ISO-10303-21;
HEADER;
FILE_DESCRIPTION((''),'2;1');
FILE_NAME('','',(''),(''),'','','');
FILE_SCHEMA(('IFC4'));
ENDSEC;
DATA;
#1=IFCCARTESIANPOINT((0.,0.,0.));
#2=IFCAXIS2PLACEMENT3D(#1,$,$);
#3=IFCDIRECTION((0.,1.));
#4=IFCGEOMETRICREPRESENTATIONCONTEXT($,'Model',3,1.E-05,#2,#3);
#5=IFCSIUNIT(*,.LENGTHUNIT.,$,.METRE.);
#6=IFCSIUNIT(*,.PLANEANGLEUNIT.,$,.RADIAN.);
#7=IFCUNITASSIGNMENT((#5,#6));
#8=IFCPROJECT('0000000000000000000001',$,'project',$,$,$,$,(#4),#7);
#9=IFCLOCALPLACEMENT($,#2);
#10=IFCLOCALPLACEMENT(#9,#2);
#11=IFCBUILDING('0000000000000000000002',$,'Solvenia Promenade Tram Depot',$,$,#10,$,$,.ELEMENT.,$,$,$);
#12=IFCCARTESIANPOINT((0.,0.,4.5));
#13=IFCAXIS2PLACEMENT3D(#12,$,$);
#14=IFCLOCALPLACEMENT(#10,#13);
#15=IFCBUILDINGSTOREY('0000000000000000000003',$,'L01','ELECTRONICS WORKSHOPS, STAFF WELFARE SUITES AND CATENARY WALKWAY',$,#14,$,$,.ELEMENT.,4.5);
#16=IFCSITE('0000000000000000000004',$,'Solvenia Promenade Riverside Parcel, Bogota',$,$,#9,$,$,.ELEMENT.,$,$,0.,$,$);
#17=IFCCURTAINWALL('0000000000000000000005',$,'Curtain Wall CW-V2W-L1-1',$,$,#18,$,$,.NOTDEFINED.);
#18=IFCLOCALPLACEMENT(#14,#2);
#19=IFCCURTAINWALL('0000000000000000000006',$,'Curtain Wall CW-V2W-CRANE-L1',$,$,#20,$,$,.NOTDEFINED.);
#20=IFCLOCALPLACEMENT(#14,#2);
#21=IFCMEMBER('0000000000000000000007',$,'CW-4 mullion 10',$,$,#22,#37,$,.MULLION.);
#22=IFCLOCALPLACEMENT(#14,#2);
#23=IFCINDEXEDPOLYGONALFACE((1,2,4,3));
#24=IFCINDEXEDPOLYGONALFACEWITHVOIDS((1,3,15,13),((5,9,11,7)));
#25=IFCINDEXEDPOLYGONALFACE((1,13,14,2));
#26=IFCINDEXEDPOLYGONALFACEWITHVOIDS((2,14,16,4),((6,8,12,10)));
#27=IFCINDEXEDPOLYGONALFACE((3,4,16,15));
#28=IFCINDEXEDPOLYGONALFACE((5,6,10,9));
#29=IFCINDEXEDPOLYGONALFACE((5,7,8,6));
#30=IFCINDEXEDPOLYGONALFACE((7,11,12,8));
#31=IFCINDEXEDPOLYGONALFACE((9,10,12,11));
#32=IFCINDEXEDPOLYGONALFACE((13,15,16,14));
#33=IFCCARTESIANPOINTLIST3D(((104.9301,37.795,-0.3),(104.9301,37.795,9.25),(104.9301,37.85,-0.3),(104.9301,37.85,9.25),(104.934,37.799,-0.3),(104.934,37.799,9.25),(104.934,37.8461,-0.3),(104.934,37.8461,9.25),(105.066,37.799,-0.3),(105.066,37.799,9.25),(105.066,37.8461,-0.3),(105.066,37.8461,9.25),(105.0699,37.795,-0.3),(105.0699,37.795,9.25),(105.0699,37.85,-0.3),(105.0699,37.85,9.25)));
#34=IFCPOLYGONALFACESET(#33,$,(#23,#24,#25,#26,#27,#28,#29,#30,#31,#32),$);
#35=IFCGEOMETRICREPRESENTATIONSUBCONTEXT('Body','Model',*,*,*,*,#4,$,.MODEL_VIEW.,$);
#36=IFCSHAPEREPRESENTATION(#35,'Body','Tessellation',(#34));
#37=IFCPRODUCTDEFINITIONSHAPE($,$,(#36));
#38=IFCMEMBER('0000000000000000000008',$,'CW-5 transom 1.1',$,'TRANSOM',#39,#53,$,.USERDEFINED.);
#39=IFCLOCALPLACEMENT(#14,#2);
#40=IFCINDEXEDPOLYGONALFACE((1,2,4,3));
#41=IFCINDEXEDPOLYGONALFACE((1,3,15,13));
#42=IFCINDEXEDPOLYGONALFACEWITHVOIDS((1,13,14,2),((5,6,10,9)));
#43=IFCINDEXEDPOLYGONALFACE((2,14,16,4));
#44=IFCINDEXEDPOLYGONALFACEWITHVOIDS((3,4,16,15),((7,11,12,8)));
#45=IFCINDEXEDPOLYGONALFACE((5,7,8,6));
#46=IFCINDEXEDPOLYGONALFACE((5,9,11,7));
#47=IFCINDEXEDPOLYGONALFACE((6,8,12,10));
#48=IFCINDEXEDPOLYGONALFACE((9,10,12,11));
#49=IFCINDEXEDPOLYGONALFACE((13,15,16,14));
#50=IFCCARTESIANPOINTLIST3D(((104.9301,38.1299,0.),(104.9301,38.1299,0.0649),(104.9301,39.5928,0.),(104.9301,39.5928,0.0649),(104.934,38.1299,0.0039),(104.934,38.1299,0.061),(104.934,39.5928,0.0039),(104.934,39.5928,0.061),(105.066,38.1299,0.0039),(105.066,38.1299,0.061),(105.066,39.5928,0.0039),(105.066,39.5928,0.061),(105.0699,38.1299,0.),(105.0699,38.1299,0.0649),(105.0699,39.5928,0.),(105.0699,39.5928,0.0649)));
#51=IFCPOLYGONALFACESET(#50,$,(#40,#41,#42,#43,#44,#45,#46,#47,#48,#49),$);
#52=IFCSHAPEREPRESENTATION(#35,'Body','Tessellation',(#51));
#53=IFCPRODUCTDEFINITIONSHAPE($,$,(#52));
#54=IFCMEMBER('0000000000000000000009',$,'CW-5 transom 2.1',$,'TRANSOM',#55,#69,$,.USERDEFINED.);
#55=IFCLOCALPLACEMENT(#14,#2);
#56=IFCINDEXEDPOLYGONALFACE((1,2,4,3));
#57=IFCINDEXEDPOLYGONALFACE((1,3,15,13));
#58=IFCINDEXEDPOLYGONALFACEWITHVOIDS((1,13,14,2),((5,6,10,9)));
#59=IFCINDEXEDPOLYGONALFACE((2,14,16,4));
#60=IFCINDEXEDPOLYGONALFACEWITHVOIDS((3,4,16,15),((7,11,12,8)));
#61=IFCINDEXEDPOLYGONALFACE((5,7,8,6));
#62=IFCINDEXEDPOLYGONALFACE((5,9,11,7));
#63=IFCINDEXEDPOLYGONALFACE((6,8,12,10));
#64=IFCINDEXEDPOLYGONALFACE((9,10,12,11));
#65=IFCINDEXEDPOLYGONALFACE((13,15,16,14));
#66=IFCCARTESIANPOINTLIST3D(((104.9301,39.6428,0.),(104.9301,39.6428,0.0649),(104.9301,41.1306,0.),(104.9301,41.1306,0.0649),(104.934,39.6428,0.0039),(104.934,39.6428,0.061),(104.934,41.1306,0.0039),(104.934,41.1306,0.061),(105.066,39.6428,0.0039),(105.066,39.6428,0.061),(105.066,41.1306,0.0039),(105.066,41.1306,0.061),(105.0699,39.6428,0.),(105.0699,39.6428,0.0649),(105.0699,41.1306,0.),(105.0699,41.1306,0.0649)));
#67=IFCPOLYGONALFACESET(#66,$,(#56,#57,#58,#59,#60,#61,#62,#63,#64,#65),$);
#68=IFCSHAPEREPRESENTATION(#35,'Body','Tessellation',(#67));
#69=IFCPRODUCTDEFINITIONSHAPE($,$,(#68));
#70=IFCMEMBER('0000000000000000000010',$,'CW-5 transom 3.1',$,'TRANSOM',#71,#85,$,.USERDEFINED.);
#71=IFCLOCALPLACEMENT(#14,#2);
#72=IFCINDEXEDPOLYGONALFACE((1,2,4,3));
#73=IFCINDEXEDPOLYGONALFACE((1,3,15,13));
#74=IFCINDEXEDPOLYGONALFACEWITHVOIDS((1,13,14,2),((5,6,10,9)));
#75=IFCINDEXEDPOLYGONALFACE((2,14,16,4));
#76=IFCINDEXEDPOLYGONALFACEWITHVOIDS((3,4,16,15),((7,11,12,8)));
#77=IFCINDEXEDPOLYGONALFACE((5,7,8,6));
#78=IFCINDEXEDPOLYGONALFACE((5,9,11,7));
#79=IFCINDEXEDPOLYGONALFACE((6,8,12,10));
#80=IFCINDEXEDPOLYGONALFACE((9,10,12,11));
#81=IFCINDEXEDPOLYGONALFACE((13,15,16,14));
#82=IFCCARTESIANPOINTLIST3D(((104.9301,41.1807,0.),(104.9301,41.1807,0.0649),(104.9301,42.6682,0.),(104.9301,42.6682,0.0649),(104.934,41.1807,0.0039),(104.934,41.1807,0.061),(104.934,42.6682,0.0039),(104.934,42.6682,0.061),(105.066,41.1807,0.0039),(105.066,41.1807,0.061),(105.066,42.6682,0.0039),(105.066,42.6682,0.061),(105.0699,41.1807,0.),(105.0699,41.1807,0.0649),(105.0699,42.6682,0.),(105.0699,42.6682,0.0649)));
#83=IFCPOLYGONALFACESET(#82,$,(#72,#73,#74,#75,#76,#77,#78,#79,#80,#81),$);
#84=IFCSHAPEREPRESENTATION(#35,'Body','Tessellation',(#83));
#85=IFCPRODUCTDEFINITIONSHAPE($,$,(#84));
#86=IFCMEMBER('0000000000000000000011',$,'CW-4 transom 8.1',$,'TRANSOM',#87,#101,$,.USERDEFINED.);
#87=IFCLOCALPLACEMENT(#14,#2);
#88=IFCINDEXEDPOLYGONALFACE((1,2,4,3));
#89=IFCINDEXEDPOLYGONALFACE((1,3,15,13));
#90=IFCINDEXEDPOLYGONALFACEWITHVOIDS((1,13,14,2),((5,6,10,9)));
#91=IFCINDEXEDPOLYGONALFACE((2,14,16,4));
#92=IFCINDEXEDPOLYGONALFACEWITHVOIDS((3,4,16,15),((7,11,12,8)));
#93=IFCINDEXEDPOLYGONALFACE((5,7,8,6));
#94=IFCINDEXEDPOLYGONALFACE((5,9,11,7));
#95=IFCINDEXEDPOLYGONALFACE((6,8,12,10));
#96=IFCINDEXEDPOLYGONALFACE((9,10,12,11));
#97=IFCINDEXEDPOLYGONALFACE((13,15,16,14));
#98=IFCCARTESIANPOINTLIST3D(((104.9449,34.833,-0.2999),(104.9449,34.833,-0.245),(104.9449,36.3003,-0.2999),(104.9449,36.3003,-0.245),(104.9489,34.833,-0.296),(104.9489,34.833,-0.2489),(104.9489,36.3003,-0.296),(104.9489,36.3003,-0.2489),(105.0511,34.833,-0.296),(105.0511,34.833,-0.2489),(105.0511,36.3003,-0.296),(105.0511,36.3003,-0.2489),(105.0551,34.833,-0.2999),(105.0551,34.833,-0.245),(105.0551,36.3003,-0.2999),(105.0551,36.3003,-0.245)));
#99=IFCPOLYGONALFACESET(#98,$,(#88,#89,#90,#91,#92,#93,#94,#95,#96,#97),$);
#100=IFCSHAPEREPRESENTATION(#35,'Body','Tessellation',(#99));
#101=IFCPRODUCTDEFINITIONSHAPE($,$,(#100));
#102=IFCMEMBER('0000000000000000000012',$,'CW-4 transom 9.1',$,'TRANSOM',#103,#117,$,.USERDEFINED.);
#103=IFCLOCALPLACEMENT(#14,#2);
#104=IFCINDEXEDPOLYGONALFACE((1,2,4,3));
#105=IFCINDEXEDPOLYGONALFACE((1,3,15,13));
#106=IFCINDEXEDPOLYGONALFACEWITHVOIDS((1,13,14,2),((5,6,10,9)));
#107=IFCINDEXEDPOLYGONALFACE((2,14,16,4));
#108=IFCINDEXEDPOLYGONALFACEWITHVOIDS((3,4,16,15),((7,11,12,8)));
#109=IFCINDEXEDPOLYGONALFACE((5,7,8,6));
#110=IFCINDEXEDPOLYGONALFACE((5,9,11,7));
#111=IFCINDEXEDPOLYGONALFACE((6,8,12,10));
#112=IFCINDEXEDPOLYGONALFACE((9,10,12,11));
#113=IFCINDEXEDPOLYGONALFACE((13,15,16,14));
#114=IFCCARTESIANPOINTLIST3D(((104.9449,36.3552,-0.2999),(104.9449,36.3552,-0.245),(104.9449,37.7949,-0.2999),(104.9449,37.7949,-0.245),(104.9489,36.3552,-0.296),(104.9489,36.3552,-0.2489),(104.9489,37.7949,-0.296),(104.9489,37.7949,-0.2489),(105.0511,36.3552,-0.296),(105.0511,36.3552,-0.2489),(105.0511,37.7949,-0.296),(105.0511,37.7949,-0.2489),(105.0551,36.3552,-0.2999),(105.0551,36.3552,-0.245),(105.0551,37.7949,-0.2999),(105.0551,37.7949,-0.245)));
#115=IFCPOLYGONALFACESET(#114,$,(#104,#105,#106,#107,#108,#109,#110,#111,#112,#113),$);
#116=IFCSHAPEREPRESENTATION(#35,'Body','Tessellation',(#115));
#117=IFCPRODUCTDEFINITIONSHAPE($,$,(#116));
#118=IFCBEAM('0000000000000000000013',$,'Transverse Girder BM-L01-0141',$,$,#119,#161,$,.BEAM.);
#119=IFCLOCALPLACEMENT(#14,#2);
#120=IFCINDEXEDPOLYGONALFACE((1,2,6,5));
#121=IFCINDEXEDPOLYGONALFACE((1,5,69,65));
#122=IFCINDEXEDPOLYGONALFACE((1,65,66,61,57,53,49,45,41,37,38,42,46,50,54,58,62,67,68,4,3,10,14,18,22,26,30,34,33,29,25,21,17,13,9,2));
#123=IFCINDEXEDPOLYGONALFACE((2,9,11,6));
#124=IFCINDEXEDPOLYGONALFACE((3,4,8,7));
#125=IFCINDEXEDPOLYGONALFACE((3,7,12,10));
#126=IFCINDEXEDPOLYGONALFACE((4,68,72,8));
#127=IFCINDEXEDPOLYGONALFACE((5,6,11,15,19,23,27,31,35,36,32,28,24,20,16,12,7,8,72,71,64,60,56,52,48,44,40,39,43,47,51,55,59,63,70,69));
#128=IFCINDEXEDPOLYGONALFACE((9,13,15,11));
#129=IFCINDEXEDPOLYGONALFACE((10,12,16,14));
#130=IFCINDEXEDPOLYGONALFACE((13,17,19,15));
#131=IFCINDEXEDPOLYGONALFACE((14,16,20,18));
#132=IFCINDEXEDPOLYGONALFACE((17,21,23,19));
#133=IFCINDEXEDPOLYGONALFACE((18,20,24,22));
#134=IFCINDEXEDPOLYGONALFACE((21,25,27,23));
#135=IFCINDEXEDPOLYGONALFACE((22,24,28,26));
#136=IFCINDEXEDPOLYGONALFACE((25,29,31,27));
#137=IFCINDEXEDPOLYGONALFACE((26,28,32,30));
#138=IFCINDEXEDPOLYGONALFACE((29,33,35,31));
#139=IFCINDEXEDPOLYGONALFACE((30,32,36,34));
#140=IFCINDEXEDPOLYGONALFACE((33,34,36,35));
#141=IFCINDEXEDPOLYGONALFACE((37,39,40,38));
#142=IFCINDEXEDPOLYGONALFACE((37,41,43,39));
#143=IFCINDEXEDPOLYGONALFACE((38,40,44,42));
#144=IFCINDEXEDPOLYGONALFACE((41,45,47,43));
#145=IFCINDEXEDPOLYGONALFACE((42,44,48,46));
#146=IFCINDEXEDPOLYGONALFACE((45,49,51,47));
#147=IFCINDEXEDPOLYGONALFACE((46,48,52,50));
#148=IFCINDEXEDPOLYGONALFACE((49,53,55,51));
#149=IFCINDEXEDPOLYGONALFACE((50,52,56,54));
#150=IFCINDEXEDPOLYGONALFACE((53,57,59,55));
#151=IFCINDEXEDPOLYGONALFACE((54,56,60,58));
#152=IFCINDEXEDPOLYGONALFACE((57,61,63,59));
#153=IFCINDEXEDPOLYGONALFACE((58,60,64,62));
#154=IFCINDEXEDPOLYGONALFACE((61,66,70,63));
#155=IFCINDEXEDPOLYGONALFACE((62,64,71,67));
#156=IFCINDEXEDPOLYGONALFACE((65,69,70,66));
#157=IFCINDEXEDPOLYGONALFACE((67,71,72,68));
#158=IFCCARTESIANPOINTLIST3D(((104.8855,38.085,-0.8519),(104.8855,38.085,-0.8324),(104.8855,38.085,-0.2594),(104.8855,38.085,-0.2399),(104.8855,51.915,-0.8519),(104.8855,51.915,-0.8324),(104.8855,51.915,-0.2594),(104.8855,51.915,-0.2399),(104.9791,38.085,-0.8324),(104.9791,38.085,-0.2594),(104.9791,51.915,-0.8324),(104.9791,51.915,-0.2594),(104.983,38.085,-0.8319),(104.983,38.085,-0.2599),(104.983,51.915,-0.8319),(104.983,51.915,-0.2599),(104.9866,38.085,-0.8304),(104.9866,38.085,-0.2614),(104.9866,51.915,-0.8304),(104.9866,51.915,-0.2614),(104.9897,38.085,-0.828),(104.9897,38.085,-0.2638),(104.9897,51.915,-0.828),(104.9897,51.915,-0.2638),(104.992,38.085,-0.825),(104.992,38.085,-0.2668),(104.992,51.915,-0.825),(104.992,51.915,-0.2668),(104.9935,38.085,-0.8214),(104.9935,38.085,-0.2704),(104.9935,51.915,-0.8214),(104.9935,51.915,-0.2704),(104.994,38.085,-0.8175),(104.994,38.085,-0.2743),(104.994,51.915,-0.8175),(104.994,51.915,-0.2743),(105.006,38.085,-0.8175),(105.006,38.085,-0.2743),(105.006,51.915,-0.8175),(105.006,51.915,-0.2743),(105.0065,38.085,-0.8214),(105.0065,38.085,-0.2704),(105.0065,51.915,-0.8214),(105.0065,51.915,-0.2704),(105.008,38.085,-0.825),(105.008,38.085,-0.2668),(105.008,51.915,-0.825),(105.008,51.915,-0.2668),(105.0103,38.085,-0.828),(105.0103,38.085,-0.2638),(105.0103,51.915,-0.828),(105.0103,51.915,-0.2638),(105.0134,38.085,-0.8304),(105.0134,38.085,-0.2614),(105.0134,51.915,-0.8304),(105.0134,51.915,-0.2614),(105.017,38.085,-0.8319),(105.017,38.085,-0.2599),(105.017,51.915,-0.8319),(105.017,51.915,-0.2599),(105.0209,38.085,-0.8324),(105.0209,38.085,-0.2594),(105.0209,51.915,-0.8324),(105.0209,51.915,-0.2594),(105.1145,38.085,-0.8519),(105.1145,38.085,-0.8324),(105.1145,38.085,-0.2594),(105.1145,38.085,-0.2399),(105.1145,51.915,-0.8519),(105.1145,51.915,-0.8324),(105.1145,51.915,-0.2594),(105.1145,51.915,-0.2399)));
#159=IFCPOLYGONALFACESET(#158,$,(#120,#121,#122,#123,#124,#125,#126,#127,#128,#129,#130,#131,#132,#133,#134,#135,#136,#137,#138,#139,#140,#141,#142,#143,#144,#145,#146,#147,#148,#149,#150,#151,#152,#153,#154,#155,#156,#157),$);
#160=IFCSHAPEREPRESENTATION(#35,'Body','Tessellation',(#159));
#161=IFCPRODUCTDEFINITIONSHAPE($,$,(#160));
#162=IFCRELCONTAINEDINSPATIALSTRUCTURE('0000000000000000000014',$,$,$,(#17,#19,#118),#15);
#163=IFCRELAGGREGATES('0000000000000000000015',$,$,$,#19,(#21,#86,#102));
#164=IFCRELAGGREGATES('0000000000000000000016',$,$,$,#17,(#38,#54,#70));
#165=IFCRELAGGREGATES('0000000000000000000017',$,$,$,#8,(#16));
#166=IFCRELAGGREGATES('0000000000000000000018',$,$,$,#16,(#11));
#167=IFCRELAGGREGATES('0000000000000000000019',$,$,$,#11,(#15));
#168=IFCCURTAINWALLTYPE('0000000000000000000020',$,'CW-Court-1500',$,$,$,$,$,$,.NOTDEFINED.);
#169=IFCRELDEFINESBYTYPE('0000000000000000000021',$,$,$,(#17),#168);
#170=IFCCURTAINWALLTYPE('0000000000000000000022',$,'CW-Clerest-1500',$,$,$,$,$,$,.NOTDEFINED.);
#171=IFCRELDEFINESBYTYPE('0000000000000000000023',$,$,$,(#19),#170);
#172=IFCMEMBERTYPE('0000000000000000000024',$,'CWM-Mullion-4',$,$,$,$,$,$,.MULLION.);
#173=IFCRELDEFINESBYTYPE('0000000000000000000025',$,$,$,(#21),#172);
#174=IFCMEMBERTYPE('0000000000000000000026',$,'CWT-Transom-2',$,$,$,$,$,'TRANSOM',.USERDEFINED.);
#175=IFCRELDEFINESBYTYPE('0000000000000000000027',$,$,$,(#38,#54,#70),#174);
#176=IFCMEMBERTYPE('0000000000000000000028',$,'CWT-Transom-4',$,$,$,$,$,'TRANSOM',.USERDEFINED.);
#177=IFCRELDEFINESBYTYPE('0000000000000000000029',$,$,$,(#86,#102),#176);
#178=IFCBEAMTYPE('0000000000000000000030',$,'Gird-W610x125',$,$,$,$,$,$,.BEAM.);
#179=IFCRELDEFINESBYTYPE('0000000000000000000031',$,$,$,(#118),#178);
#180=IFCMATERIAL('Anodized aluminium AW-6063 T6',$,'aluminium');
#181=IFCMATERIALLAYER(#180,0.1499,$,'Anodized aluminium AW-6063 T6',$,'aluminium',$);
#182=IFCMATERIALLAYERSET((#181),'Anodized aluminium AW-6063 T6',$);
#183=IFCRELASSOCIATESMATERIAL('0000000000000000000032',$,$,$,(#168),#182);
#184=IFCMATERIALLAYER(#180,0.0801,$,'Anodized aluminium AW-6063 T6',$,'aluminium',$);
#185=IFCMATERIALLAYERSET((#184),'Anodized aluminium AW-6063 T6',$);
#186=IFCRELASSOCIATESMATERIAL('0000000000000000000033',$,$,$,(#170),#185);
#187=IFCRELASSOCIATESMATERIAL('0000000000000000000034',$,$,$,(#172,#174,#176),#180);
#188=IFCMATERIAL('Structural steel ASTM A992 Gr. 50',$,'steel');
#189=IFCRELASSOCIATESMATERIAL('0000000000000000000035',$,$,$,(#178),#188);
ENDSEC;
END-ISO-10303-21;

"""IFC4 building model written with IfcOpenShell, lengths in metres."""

from ifc_helpers import new_model, si_unit, direction, frame, origin, origin_2d, place, context, subcontext, project, spatial, hollow_rectangle, i_section, extrude, material, layer, layer_set, material_profile, profile_set, type_object, element, aggregate, save


model = new_model("IFC4")

# Units and contexts
model_context = context("Model", 3, precision=1e-05, world=origin(), true_north=direction((0.0, 1.0)))
body_context = subcontext(model_context, "Body", "Model", "MODEL_VIEW")
ifc_project = project(units=[si_unit("LENGTHUNIT", "METRE"), si_unit("PLANEANGLEUNIT", "RADIAN")], contexts=[model_context])

# Site, building, storey
site_placement = place(None, origin())
site = spatial("IfcSite", under=ifc_project, at=site_placement, Name="Solvenia Promenade Riverside Parcel, Bogota", CompositionType="ELEMENT", RefElevation=0.0)
building_placement = place(site_placement, origin())
building = spatial("IfcBuilding", under=site, at=building_placement, Name="Solvenia Promenade Tram Depot", CompositionType="ELEMENT")
storey_placement = place(building_placement, frame((0.0, 0.0, 4.5)))
storey = spatial("IfcBuildingStorey", under=building, at=storey_placement, Name="L01", Description="ELECTRONICS WORKSHOPS, STAFF WELFARE SUITES AND CATENARY WALKWAY", CompositionType="ELEMENT", Elevation=4.5)

# Shared definitions
ifc_material_1 = material(Name="Structural steel ASTM A992 Gr. 50", Category="steel")

# Curtain walls, member
ifc_material_2 = material(Name="Anodized aluminium AW-6063 T6", Category="aluminium")
ifc_layer_1 = layer(ifc_material_2, 0.1499, Name="Anodized aluminium AW-6063 T6", Category="aluminium")
ifc_layer_set_1 = layer_set([ifc_layer_1], Name="Anodized aluminium AW-6063 T6")
curtain_wall_type_1 = type_object("IfcCurtainWallType", Name="CW-Court-1500", PredefinedType="NOTDEFINED", material=ifc_layer_set_1)
curtain_wall_1_placement = place(storey_placement, origin())
curtain_wall_1 = element("IfcCurtainWall", 1, at=curtain_wall_1_placement, inside=storey, type_object=curtain_wall_type_1, Name="Curtain Wall CW-V2W-L1-1", PredefinedType="NOTDEFINED")
ifc_layer_2 = layer(ifc_material_2, 0.0801, Name="Anodized aluminium AW-6063 T6", Category="aluminium")
ifc_layer_set_2 = layer_set([ifc_layer_2], Name="Anodized aluminium AW-6063 T6")
curtain_wall_type_2 = type_object("IfcCurtainWallType", Name="CW-Clerest-1500", PredefinedType="NOTDEFINED", material=ifc_layer_set_2)
curtain_wall_2_placement = place(storey_placement, origin())
curtain_wall_2 = element("IfcCurtainWall", 2, at=curtain_wall_2_placement, inside=storey, type_object=curtain_wall_type_2, Name="Curtain Wall CW-V2W-CRANE-L1", PredefinedType="NOTDEFINED")
ifc_material_profile_1 = material_profile(ifc_material_2, hollow_rectangle(XDim=0.1399, YDim=0.0549, WallThickness=0.0039, at=origin_2d()), Name="ALU-M4", Category="aluminium")
ifc_profile_set_1 = profile_set([ifc_material_profile_1], Name="Anodized aluminium AW-6063 T6")
member_type_1 = type_object("IfcMemberType", Name="CWM-Mullion-4", PredefinedType="MULLION", material=ifc_profile_set_1)
member_1_placement = place(storey_placement, frame((105.0, 37.8225, -0.3), z_axis=(0.0, 0.0, 1.0), x_axis=(-1.0, 0.0, 0.0)))
member_1 = element("IfcMember", 3, at=member_1_placement, type_object=member_type_1, Name="CW-4 mullion 10", PredefinedType="MULLION", context=body_context, shape_type="SweptSolid", body=[
    extrude(hollow_rectangle(XDim=0.1399, YDim=0.0549, WallThickness=0.0039, at=origin_2d()), origin(), (0.0, 0.0, 1.0), 9.55),
])

# Members
ifc_material_profile_2 = material_profile(ifc_material_2, hollow_rectangle(XDim=0.1399, YDim=0.0649, WallThickness=0.0039, at=origin_2d()), Name="ALU-T2", Category="aluminium")
ifc_profile_set_2 = profile_set([ifc_material_profile_2], Name="Anodized aluminium AW-6063 T6")
member_type_2 = type_object("IfcMemberType", Name="CWT-Transom-2", ElementType="TRANSOM", PredefinedType="USERDEFINED", material=ifc_profile_set_2)
member_2_placement = place(storey_placement, frame((105.0, 38.1299, 0.0325), z_axis=(0.0, 1.0, 0.0), x_axis=(-1.0, 0.0, 0.0)))
member_2 = element("IfcMember", 4, at=member_2_placement, type_object=member_type_2, Name="CW-5 transom 1.1", ObjectType="TRANSOM", PredefinedType="USERDEFINED", context=body_context, shape_type="SweptSolid", body=[
    extrude(hollow_rectangle(XDim=0.1399, YDim=0.0649, WallThickness=0.0039, at=origin_2d()), origin(), (0.0, 0.0, 1.0), 1.4629),
])
member_3_placement = place(storey_placement, frame((105.0, 39.6428, 0.0325), z_axis=(0.0, 1.0, 0.0), x_axis=(-1.0, 0.0, 0.0)))
member_3 = element("IfcMember", 5, at=member_3_placement, type_object=member_type_2, Name="CW-5 transom 2.1", ObjectType="TRANSOM", PredefinedType="USERDEFINED", context=body_context, shape_type="SweptSolid", body=[
    extrude(hollow_rectangle(XDim=0.1399, YDim=0.0649, WallThickness=0.0039, at=origin_2d()), origin(), (0.0, 0.0, 1.0), 1.4878),
])
member_4_placement = place(storey_placement, frame((105.0, 41.1807, 0.0325), z_axis=(0.0, 1.0, 0.0), x_axis=(-1.0, 0.0, 0.0)))
member_4 = element("IfcMember", 6, at=member_4_placement, type_object=member_type_2, Name="CW-5 transom 3.1", ObjectType="TRANSOM", PredefinedType="USERDEFINED", context=body_context, shape_type="SweptSolid", body=[
    extrude(hollow_rectangle(XDim=0.1399, YDim=0.0649, WallThickness=0.0039, at=origin_2d()), origin(), (0.0, 0.0, 1.0), 1.4875),
])
ifc_material_profile_3 = material_profile(ifc_material_2, hollow_rectangle(XDim=0.1101, YDim=0.0549, WallThickness=0.0039, at=origin_2d()), Name="ALU-T4", Category="aluminium")
ifc_profile_set_3 = profile_set([ifc_material_profile_3], Name="Anodized aluminium AW-6063 T6")
member_type_3 = type_object("IfcMemberType", Name="CWT-Transom-4", ElementType="TRANSOM", PredefinedType="USERDEFINED", material=ifc_profile_set_3)
member_5_placement = place(storey_placement, frame((105.0, 34.833, -0.2725), z_axis=(0.0, 1.0, 0.0), x_axis=(-1.0, 0.0, 0.0)))
member_5 = element("IfcMember", 7, at=member_5_placement, type_object=member_type_3, Name="CW-4 transom 8.1", ObjectType="TRANSOM", PredefinedType="USERDEFINED", context=body_context, shape_type="SweptSolid", body=[
    extrude(hollow_rectangle(XDim=0.1101, YDim=0.0549, WallThickness=0.0039, at=origin_2d()), origin(), (0.0, 0.0, 1.0), 1.4673),
])
member_6_placement = place(storey_placement, frame((105.0, 36.3552, -0.2725), z_axis=(0.0, 1.0, 0.0), x_axis=(-1.0, 0.0, 0.0)))
member_6 = element("IfcMember", 8, at=member_6_placement, type_object=member_type_3, Name="CW-4 transom 9.1", ObjectType="TRANSOM", PredefinedType="USERDEFINED", context=body_context, shape_type="SweptSolid", body=[
    extrude(hollow_rectangle(XDim=0.1101, YDim=0.0549, WallThickness=0.0039, at=origin_2d()), origin(), (0.0, 0.0, 1.0), 1.4397),
])

# Beam
ifc_material_profile_4 = material_profile(ifc_material_1, i_section(OverallWidth=0.229, OverallDepth=0.6121, WebThickness=0.012, FlangeThickness=0.0195, FilletRadius=0.0149, at=origin_2d()), Name="W610x125", Category="steel")
ifc_profile_set_4 = profile_set([ifc_material_profile_4], Name="Structural steel ASTM A992 Gr. 50")
beam_type_1 = type_object("IfcBeamType", Name="Gird-W610x125", PredefinedType="BEAM", material=ifc_profile_set_4)
for number, where, z_axis, x_axis, name in (
    (9, (105.0, 38.085, -0.5459), (0.0, 1.0, 0.0), (-1.0, 0.0, 0.0), "Transverse Girder BM-L01-0141"),
):
    element("IfcBeam", number, at=place(storey_placement, frame(where, z_axis=z_axis, x_axis=x_axis)), inside=storey, type_object=beam_type_1, Name=name, PredefinedType="BEAM", context=body_context, shape_type="SweptSolid", body=[
        extrude(i_section(OverallWidth=0.229, OverallDepth=0.6121, WebThickness=0.012, FlangeThickness=0.0195, FilletRadius=0.0149, at=origin_2d()), origin(), (0.0, 0.0, 1.0), 13.8301),
    ])

aggregate(curtain_wall_2, [member_1, member_5, member_6])
aggregate(curtain_wall_1, [member_2, member_3, member_4])

save(model, "model.ifc")
